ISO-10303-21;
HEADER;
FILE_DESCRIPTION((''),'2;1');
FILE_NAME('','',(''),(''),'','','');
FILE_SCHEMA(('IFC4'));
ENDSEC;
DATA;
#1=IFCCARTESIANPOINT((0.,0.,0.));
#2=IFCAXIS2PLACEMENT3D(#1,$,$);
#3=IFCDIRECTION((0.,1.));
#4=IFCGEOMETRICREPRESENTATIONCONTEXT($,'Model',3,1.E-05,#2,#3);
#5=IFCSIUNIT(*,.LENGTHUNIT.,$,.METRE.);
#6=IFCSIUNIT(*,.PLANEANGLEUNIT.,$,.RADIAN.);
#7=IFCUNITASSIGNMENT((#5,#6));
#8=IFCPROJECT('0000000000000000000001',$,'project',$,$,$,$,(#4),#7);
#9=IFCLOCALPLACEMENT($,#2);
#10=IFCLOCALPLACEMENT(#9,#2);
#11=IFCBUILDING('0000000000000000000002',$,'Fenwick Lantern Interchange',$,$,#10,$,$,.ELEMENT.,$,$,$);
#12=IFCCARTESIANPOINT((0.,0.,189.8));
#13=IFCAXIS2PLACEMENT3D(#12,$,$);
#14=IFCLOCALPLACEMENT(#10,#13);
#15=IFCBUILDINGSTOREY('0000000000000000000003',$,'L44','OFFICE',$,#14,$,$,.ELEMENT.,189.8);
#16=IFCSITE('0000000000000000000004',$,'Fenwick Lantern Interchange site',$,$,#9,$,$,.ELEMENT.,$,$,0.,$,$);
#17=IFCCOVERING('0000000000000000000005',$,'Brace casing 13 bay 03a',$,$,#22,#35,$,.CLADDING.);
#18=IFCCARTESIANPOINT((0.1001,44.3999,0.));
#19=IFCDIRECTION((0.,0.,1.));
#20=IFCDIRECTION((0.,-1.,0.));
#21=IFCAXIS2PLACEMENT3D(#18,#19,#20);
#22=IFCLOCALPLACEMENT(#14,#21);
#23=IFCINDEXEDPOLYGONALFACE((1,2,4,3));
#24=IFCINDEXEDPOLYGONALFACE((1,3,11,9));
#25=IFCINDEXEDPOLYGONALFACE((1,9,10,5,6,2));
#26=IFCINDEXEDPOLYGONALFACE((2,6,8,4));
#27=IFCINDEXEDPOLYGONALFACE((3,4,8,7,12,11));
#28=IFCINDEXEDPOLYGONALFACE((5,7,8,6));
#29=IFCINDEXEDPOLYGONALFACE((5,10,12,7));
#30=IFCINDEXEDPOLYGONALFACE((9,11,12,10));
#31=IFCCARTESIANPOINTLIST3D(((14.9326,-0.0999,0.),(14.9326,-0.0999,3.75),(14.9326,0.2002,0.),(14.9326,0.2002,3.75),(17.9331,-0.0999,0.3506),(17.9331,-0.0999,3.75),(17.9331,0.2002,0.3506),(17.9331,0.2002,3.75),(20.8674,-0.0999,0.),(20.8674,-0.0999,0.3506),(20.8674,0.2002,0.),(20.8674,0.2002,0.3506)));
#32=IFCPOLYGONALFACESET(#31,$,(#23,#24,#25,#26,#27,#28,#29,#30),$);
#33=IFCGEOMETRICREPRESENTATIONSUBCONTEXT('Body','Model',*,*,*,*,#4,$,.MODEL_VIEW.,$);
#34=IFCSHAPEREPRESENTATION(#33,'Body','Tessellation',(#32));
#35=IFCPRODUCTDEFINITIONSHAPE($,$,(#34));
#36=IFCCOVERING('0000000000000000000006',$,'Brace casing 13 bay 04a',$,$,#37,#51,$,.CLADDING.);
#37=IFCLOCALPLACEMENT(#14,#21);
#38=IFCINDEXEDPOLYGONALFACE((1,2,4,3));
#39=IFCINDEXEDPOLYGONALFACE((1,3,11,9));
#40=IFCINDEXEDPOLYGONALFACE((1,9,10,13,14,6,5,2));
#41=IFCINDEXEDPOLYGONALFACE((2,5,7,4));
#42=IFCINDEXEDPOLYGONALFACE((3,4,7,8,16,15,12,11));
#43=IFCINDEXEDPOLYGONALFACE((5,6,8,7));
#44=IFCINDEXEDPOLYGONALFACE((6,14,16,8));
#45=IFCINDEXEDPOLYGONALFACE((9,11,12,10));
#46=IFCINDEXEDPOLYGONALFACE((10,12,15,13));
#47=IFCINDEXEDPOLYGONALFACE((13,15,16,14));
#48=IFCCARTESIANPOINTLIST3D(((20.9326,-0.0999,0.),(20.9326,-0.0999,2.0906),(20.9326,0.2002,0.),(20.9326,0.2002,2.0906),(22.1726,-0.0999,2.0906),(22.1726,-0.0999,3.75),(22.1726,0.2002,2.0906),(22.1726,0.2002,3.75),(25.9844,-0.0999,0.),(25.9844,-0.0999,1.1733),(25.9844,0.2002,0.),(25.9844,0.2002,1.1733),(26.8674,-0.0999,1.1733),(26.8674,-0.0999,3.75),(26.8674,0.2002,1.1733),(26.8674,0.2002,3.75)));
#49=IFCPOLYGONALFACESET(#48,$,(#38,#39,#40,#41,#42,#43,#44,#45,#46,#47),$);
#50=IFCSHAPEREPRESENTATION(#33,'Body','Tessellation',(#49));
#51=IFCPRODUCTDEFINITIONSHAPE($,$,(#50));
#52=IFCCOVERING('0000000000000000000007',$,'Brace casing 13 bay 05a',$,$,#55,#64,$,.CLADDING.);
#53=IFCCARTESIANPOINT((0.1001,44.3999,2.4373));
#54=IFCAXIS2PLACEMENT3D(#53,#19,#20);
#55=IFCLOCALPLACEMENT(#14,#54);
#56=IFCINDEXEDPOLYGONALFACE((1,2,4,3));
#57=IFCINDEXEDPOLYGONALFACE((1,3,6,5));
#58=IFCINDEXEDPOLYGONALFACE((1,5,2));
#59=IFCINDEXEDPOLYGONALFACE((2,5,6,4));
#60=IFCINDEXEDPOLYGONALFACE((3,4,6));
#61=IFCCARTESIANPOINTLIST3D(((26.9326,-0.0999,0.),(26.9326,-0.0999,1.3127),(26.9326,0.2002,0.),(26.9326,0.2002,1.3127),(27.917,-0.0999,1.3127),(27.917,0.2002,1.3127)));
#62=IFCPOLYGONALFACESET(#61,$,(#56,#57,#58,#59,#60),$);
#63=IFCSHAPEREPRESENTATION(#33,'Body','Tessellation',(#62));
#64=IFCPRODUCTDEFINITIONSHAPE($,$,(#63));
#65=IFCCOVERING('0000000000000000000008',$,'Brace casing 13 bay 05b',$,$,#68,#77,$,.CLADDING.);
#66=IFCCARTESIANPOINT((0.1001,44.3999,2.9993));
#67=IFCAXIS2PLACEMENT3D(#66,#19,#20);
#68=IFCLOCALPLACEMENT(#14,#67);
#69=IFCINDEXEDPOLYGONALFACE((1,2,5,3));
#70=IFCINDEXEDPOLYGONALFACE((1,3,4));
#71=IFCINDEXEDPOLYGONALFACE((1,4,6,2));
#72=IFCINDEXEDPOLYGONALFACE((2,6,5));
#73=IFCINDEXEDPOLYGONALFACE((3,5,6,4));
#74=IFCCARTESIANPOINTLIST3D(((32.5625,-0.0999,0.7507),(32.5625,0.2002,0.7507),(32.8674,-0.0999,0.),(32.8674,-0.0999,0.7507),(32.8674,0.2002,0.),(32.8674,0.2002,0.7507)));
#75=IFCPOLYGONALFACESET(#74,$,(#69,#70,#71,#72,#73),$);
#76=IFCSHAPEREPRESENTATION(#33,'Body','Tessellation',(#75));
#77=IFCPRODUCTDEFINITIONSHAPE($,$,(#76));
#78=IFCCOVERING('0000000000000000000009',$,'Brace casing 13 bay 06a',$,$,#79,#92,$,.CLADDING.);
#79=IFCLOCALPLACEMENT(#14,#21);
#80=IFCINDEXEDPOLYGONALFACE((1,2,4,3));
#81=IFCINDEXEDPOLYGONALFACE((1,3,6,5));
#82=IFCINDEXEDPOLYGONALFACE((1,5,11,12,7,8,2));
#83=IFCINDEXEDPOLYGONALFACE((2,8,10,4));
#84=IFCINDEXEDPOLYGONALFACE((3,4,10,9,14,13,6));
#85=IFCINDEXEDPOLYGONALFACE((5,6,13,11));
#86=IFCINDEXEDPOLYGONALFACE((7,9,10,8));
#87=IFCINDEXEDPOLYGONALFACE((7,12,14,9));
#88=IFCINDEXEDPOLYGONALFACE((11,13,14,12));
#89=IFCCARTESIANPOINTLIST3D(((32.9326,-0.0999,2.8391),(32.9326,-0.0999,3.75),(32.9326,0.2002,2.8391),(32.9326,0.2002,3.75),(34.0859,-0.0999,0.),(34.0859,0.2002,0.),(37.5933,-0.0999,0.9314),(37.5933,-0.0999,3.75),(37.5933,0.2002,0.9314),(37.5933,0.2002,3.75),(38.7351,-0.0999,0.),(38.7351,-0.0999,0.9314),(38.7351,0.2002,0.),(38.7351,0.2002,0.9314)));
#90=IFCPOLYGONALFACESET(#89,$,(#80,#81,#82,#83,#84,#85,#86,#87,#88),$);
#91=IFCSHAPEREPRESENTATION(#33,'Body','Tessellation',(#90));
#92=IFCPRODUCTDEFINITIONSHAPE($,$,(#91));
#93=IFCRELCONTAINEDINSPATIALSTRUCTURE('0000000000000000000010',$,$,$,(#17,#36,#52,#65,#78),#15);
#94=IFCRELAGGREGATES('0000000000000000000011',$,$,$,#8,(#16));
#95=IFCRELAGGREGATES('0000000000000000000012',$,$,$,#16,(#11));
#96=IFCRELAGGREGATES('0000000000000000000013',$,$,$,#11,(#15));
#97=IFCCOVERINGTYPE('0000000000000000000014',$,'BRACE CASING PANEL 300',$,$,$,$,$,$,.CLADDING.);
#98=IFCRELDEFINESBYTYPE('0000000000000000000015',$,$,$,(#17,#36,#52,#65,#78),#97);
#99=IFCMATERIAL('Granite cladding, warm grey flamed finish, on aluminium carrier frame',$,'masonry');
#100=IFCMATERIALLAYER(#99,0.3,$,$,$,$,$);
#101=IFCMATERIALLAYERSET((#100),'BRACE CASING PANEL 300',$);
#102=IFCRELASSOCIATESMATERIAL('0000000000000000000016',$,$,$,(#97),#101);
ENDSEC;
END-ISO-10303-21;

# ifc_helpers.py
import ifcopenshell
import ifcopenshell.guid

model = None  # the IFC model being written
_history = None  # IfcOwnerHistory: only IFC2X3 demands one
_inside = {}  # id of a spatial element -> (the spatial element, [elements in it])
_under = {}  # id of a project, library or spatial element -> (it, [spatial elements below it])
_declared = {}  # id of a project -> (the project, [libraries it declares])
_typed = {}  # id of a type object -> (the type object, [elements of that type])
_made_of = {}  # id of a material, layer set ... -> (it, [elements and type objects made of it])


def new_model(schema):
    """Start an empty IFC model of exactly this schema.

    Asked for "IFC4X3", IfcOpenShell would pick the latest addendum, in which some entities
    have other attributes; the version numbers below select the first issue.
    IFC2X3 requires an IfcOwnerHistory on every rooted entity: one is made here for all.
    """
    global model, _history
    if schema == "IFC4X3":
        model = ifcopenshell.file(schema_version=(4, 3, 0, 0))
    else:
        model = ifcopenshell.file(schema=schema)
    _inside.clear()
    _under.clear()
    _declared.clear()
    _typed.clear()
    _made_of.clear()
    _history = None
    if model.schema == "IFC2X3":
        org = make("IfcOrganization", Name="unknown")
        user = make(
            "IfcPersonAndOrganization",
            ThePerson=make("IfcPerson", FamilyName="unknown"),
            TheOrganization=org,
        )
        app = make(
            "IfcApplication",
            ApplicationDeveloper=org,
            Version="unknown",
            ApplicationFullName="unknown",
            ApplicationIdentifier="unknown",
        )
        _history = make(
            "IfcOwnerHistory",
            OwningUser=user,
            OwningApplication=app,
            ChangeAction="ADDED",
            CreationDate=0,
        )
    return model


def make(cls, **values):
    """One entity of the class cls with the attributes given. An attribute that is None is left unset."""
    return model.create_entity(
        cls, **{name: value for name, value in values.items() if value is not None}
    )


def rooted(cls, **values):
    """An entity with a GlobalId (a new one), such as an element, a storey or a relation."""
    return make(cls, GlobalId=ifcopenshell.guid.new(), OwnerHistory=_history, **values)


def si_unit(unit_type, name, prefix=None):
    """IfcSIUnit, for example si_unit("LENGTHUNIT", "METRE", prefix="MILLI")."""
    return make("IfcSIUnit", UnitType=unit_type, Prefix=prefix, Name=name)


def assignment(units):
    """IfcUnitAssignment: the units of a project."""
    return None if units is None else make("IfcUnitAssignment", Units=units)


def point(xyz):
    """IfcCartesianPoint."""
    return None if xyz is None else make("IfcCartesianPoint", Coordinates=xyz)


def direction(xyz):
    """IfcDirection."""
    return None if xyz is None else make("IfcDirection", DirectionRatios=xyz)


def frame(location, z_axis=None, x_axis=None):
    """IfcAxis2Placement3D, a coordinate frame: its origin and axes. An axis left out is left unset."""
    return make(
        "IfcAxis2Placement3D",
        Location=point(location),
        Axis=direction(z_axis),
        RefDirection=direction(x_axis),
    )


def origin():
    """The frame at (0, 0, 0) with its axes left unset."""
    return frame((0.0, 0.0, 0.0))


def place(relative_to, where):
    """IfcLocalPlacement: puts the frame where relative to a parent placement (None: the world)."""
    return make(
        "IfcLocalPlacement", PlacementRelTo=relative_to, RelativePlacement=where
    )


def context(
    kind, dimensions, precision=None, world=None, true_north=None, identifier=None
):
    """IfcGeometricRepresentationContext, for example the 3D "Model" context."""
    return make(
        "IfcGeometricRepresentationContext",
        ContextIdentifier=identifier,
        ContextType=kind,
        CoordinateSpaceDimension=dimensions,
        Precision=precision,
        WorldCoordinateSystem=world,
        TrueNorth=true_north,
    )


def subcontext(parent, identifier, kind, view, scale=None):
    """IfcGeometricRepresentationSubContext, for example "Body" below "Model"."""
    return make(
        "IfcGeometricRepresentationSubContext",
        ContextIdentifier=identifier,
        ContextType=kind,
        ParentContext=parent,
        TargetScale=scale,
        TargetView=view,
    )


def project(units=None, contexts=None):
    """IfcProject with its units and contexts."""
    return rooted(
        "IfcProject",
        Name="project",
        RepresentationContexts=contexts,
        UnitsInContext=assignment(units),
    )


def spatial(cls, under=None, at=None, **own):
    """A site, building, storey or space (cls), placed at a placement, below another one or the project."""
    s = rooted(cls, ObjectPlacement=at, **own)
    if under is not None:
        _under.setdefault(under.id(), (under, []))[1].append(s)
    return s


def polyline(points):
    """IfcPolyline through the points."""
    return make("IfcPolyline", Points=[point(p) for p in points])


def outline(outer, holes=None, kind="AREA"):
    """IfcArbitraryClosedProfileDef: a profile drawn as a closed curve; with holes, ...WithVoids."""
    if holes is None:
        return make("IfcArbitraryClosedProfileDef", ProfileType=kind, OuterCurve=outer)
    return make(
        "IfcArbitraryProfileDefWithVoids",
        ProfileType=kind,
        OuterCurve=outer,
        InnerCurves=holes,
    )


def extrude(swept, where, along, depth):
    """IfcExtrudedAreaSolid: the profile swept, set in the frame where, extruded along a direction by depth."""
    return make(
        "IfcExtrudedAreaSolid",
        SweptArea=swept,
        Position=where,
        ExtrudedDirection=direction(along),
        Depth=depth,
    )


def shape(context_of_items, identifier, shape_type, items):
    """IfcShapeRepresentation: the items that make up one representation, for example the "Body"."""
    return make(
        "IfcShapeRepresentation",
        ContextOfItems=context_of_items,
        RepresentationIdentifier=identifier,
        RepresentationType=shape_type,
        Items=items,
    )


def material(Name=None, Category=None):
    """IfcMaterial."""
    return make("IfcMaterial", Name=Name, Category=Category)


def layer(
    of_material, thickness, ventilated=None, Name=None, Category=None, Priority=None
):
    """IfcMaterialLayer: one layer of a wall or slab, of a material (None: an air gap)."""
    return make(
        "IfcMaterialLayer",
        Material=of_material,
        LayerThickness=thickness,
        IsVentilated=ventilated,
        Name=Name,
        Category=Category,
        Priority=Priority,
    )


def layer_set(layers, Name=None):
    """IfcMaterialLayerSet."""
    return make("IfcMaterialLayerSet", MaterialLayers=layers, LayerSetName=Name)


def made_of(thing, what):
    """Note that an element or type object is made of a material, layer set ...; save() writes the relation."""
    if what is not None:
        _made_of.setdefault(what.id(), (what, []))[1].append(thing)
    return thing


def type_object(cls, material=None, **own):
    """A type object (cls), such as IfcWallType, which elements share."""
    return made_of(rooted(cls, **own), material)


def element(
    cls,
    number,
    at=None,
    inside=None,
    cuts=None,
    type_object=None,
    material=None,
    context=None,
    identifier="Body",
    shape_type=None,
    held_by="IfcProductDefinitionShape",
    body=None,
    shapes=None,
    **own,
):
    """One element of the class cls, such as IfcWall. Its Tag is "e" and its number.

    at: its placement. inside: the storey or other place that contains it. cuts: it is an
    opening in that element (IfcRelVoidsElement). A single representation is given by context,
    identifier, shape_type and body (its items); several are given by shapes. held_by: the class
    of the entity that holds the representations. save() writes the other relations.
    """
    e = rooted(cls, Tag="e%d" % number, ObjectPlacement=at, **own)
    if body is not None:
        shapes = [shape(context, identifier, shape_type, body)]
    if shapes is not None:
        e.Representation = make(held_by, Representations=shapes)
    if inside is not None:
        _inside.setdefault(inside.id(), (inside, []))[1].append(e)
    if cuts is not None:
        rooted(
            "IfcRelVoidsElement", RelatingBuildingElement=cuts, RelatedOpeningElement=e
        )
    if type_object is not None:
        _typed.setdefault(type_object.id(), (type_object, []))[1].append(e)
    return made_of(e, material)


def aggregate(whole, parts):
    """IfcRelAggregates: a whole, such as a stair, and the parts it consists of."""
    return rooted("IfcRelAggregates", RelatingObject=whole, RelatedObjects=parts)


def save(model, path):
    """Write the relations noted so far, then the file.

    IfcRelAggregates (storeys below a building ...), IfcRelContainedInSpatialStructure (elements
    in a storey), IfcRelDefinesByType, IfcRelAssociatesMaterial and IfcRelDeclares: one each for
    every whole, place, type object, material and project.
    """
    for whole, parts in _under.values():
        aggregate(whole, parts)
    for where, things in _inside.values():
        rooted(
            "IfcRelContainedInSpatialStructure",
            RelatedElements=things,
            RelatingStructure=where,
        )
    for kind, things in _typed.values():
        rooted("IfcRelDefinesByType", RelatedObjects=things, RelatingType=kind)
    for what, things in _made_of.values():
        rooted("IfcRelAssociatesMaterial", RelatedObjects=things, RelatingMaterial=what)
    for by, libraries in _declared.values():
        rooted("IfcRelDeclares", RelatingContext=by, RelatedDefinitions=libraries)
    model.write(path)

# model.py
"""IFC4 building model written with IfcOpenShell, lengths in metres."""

from ifc_helpers import new_model, si_unit, direction, frame, origin, place, context, subcontext, project, spatial, polyline, outline, extrude, material, layer, layer_set, type_object, element, save


model = new_model("IFC4")

# Units and contexts
model_context = context("Model", 3, precision=1e-05, world=origin(), true_north=direction((0.0, 1.0)))
body_context = subcontext(model_context, "Body", "Model", "MODEL_VIEW")
ifc_project = project(units=[si_unit("LENGTHUNIT", "METRE"), si_unit("PLANEANGLEUNIT", "RADIAN")], contexts=[model_context])

# Site, building, storey
site_placement = place(None, origin())
site = spatial("IfcSite", under=ifc_project, at=site_placement, Name="Fenwick Lantern Interchange site", CompositionType="ELEMENT", RefElevation=0.0)
building_placement = place(site_placement, origin())
building = spatial("IfcBuilding", under=site, at=building_placement, Name="Fenwick Lantern Interchange", CompositionType="ELEMENT")
storey_placement = place(building_placement, frame((0.0, 0.0, 189.8)))
storey = spatial("IfcBuildingStorey", under=building, at=storey_placement, Name="L44", Description="OFFICE", CompositionType="ELEMENT", Elevation=189.8)

# Coverings
ifc_material_1 = material(Name="Granite cladding, warm grey flamed finish, on aluminium carrier frame", Category="masonry")
ifc_layer_1 = layer(ifc_material_1, 0.3)
ifc_layer_set_1 = layer_set([ifc_layer_1], Name="BRACE CASING PANEL 300")
covering_type = type_object("IfcCoveringType", Name="BRACE CASING PANEL 300", PredefinedType="CLADDING", material=ifc_layer_set_1)
covering_1_placement = place(storey_placement, frame((0.1001, 44.3999, 0.0), z_axis=(0.0, 0.0, 1.0), x_axis=(0.0, -1.0, 0.0)))
element("IfcCovering", 1, at=covering_1_placement, inside=storey, type_object=covering_type, Name="Brace casing 13 bay 03a", PredefinedType="CLADDING", context=body_context, shape_type="SweptSolid", body=[
    extrude(outline(polyline([(14.9326, 0.0), (20.8674, 0.0), (20.8674, 0.3506), (17.9331, 0.3506), (17.9331, 3.75), (14.9326, 3.75), (14.9326, 0.0)])), frame((0.0, 0.2002, 0.0), z_axis=(0.0, -1.0, 0.0), x_axis=(1.0, 0.0, 0.0)), (0.0, 0.0, 1.0), 0.3),
])
covering_2_placement = place(storey_placement, frame((0.1001, 44.3999, 0.0), z_axis=(0.0, 0.0, 1.0), x_axis=(0.0, -1.0, 0.0)))
element("IfcCovering", 2, at=covering_2_placement, inside=storey, type_object=covering_type, Name="Brace casing 13 bay 04a", PredefinedType="CLADDING", context=body_context, shape_type="SweptSolid", body=[
    extrude(outline(polyline([(20.9326, 0.0), (25.9844, 0.0), (25.9844, 1.1733), (26.8674, 1.1733), (26.8674, 3.75), (22.1726, 3.75), (22.1726, 2.0906), (20.9326, 2.0906), (20.9326, 0.0)])), frame((0.0, 0.2002, 0.0), z_axis=(0.0, -1.0, 0.0), x_axis=(1.0, 0.0, 0.0)), (0.0, 0.0, 1.0), 0.3),
])
covering_3_placement = place(storey_placement, frame((0.1001, 44.3999, 2.4373), z_axis=(0.0, 0.0, 1.0), x_axis=(0.0, -1.0, 0.0)))
element("IfcCovering", 3, at=covering_3_placement, inside=storey, type_object=covering_type, Name="Brace casing 13 bay 05a", PredefinedType="CLADDING", context=body_context, shape_type="SweptSolid", body=[
    extrude(outline(polyline([(26.9326, 0.0), (27.917, 1.3127), (26.9326, 1.3127), (26.9326, 0.0)])), frame((0.0, 0.2002, 0.0), z_axis=(0.0, -1.0, 0.0), x_axis=(1.0, 0.0, 0.0)), (0.0, 0.0, 1.0), 0.3),
])
covering_4_placement = place(storey_placement, frame((0.1001, 44.3999, 2.9993), z_axis=(0.0, 0.0, 1.0), x_axis=(0.0, -1.0, 0.0)))
element("IfcCovering", 4, at=covering_4_placement, inside=storey, type_object=covering_type, Name="Brace casing 13 bay 05b", PredefinedType="CLADDING", context=body_context, shape_type="SweptSolid", body=[
    extrude(outline(polyline([(32.8674, 0.0), (32.8674, 0.7507), (32.5625, 0.7507), (32.8674, 0.0)])), frame((0.0, 0.2002, 0.0), z_axis=(0.0, -1.0, 0.0), x_axis=(1.0, 0.0, 0.0)), (0.0, 0.0, 1.0), 0.3),
])
covering_5_placement = place(storey_placement, frame((0.1001, 44.3999, 0.0), z_axis=(0.0, 0.0, 1.0), x_axis=(0.0, -1.0, 0.0)))
element("IfcCovering", 5, at=covering_5_placement, inside=storey, type_object=covering_type, Name="Brace casing 13 bay 06a", PredefinedType="CLADDING", context=body_context, shape_type="SweptSolid", body=[
    extrude(outline(polyline([(34.0859, 0.0), (38.7351, 0.0), (38.7351, 0.9314), (37.5933, 0.9314), (37.5933, 3.75), (32.9326, 3.75), (32.9326, 2.8391), (34.0859, 0.0)])), frame((0.0, 0.2002, 0.0), z_axis=(0.0, -1.0, 0.0), x_axis=(1.0, 0.0, 0.0)), (0.0, 0.0, 1.0), 0.3),
])

save(model, "model.ifc")
